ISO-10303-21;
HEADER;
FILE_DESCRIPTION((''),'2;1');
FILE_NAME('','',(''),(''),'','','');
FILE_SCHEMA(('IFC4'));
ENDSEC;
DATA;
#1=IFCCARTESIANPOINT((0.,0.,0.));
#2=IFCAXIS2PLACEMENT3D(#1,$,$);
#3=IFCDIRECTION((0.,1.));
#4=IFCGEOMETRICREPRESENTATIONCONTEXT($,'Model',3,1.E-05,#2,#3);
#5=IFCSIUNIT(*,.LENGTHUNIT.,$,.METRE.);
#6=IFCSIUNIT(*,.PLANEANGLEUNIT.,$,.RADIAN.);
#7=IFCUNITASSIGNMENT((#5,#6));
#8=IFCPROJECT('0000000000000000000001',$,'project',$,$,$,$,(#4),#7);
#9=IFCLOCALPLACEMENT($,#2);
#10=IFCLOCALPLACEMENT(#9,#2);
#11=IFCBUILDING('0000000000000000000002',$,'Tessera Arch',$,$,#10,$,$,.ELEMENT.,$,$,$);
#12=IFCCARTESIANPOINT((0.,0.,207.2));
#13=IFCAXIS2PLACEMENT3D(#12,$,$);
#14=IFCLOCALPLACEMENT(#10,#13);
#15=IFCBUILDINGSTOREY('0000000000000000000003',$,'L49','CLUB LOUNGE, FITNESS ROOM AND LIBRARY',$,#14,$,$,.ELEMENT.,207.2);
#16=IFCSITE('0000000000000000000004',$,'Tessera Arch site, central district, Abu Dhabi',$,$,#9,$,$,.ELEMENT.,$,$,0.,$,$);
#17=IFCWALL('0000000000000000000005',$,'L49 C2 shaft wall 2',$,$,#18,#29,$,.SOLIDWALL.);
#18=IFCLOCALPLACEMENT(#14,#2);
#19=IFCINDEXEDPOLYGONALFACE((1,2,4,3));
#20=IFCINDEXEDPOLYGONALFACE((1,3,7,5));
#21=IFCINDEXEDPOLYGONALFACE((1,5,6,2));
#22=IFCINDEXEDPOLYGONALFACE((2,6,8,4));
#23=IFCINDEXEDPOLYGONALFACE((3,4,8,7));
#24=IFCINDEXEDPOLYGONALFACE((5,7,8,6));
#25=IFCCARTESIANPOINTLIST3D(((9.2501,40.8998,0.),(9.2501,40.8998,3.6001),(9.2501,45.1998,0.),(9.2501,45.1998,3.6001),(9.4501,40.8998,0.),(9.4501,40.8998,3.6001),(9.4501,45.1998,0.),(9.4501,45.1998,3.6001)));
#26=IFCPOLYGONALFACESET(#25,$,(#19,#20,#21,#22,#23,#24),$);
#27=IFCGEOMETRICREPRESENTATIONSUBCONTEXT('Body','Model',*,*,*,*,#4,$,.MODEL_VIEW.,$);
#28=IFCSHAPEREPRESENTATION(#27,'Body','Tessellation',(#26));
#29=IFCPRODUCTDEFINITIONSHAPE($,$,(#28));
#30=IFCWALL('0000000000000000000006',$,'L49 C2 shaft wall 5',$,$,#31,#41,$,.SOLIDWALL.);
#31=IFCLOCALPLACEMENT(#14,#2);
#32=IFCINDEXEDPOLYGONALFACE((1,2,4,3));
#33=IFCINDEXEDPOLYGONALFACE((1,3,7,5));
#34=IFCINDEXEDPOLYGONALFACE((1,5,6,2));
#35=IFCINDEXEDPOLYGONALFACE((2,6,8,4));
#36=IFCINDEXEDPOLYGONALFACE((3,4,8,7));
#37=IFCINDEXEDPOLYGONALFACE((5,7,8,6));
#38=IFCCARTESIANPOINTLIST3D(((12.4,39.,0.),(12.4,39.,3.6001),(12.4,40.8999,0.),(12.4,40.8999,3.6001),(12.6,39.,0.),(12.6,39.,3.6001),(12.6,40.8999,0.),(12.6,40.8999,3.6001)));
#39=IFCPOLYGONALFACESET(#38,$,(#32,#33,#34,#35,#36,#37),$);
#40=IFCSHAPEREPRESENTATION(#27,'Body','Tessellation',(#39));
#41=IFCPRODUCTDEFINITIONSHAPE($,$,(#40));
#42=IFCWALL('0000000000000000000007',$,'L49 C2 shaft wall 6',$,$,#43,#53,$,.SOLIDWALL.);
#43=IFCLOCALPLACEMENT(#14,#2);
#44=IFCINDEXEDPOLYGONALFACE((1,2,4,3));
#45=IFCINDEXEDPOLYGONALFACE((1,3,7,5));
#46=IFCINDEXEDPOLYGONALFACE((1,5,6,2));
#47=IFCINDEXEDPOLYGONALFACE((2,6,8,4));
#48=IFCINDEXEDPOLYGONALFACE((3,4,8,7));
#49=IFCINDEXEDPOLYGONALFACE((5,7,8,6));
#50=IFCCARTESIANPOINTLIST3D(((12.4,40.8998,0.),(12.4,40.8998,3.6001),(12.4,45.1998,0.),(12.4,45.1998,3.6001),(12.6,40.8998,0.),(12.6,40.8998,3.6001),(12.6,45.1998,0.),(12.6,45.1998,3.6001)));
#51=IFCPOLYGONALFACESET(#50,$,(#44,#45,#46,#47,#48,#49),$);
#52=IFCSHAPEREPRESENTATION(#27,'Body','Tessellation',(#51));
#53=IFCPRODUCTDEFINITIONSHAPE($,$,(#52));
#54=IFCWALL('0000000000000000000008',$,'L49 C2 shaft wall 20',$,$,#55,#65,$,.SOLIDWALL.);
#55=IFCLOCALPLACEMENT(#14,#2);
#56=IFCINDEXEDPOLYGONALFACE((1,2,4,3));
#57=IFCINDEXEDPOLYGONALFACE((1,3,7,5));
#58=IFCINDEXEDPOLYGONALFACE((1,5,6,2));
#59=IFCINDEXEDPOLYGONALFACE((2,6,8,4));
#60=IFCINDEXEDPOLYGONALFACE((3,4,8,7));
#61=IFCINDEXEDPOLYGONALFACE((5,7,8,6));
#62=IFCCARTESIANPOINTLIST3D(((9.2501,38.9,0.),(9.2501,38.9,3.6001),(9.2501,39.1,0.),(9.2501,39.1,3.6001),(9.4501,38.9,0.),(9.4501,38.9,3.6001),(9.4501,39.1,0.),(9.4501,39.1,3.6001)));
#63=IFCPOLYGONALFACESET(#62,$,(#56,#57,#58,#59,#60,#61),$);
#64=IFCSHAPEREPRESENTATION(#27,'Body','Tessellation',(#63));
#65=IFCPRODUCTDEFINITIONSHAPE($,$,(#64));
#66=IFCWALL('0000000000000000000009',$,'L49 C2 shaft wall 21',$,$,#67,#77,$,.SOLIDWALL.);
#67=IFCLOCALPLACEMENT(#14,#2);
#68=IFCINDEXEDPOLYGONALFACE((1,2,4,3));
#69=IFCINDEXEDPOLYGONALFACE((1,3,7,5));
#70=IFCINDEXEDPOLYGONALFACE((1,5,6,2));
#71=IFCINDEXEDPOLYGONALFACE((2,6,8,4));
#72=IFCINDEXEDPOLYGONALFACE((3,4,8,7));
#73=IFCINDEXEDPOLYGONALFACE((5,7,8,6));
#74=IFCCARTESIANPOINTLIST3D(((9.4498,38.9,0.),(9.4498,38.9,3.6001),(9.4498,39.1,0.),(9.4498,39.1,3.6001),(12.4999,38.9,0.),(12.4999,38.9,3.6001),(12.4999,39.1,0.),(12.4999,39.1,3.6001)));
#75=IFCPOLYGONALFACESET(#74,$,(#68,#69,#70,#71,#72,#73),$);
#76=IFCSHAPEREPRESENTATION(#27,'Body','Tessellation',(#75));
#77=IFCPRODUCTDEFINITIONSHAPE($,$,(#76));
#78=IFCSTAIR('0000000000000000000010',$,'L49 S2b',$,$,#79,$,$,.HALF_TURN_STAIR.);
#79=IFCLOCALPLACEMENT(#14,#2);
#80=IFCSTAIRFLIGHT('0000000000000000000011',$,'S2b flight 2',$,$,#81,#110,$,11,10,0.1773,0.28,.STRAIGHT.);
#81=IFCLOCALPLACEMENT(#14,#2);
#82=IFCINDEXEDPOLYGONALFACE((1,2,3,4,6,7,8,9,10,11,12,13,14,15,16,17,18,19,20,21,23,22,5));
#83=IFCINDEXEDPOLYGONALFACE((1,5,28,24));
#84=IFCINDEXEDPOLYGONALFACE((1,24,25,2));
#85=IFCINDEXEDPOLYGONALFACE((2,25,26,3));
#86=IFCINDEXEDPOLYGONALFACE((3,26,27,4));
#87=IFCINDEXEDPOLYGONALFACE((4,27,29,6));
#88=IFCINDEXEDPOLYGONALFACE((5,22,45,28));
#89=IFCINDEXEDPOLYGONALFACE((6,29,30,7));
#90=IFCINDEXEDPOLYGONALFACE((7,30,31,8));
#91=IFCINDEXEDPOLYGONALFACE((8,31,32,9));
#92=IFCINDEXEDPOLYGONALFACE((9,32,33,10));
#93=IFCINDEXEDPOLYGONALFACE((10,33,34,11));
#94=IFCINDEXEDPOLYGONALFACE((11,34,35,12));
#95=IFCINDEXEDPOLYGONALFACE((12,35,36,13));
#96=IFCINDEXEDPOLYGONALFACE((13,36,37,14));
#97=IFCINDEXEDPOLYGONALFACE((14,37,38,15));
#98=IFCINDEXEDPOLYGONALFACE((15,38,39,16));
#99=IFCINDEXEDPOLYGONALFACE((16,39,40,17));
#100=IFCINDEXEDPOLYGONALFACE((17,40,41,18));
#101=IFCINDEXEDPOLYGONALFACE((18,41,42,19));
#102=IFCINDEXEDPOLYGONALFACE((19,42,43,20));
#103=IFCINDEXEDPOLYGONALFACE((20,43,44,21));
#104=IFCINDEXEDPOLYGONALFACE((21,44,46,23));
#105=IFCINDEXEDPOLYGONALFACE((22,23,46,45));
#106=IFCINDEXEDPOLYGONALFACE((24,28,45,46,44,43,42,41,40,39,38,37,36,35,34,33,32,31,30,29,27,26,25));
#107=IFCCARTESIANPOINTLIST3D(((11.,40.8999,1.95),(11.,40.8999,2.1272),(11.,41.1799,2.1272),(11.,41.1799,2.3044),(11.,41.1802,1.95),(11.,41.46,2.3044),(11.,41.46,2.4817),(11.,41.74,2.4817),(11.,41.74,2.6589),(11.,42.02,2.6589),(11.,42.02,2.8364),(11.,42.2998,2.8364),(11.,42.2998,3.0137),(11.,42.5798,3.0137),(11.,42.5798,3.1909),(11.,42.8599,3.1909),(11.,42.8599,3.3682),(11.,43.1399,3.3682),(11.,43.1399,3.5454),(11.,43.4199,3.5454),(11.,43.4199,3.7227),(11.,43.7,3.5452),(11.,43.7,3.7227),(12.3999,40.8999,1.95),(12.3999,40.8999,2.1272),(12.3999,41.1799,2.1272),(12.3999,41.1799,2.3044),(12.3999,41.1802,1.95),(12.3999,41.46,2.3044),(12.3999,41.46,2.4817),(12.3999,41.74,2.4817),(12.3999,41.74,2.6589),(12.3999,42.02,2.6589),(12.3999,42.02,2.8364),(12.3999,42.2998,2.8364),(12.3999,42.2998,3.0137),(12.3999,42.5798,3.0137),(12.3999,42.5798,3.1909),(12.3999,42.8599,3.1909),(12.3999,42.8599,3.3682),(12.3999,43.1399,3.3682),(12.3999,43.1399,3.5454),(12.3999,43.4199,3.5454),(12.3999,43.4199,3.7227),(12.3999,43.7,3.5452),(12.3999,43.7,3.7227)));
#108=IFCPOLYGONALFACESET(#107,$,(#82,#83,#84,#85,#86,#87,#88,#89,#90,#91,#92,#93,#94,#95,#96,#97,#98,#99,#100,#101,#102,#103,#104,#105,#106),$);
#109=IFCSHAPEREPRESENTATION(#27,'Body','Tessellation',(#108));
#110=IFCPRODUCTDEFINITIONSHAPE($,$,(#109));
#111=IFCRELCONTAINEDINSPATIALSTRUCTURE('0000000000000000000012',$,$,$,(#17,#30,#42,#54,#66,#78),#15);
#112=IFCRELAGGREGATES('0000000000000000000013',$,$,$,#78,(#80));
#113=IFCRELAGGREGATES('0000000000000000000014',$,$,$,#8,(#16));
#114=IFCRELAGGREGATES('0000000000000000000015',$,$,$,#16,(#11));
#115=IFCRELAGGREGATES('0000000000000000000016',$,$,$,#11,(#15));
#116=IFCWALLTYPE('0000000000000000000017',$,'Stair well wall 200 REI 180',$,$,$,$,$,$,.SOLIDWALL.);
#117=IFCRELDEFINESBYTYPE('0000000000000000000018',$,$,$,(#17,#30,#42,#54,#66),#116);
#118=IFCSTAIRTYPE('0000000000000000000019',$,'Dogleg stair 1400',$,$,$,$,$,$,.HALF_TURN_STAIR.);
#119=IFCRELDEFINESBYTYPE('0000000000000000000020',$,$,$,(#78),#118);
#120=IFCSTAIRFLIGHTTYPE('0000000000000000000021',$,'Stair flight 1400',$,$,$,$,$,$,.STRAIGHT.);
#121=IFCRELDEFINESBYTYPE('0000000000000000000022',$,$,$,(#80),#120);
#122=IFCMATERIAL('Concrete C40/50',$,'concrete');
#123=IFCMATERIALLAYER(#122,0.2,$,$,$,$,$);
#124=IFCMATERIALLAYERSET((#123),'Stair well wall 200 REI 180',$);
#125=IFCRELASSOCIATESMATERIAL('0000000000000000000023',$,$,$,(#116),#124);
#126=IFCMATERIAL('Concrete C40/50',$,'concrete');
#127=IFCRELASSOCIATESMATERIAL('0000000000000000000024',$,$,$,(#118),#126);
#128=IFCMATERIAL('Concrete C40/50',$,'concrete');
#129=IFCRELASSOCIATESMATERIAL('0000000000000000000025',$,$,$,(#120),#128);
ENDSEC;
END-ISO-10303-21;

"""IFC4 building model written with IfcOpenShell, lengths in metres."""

from ifc_helpers import new_model, si_unit, direction, frame, frame_2d, origin, place, context, subcontext, project, spatial, polyline, rectangle, outline, extrude, material, layer, layer_set, type_object, element, aggregate, save


model = new_model("IFC4")

# Units and contexts
model_context = context("Model", 3, precision=1e-05, world=origin(), true_north=direction((0.0, 1.0)))
body_context = subcontext(model_context, "Body", "Model", "MODEL_VIEW")
ifc_project = project(units=[si_unit("LENGTHUNIT", "METRE"), si_unit("PLANEANGLEUNIT", "RADIAN")], contexts=[model_context])

# Site, building, storey
site_placement = place(None, origin())
site = spatial("IfcSite", under=ifc_project, at=site_placement, Name="Tessera Arch site, central district, Abu Dhabi", CompositionType="ELEMENT", RefElevation=0.0)
building_placement = place(site_placement, origin())
building = spatial("IfcBuilding", under=site, at=building_placement, Name="Tessera Arch", CompositionType="ELEMENT")
storey_placement = place(building_placement, frame((0.0, 0.0, 207.2)))
storey = spatial("IfcBuildingStorey", under=building, at=storey_placement, Name="L49", Description="CLUB LOUNGE, FITNESS ROOM AND LIBRARY", CompositionType="ELEMENT", Elevation=207.2)

# Walls
ifc_material_1 = material(Name="Concrete C40/50", Category="concrete")
ifc_layer_1 = layer(ifc_material_1, 0.2)
ifc_layer_set_1 = layer_set([ifc_layer_1], Name="Stair well wall 200 REI 180")
wall_type_1 = type_object("IfcWallType", Name="Stair well wall 200 REI 180", PredefinedType="SOLIDWALL", material=ifc_layer_set_1)
wall_1_placement = place(storey_placement, frame((9.3501, 40.8999, 0.0), z_axis=(0.0, 0.0, 1.0), x_axis=(0.0, 1.0, 0.0)))
element("IfcWall", 1, at=wall_1_placement, inside=storey, type_object=wall_type_1, Name="L49 C2 shaft wall 2", PredefinedType="SOLIDWALL", context=body_context, shape_type="SweptSolid", body=[
    extrude(rectangle(XDim=4.3, YDim=0.2, at=frame_2d((2.1499, 0.0))), origin(), (0.0, 0.0, 1.0), 3.6001),
])
wall_2_placement = place(storey_placement, frame((12.5, 39.0, 0.0), z_axis=(0.0, 0.0, 1.0), x_axis=(0.0, 1.0, 0.0)))
element("IfcWall", 2, at=wall_2_placement, inside=storey, type_object=wall_type_1, Name="L49 C2 shaft wall 5", PredefinedType="SOLIDWALL", context=body_context, shape_type="SweptSolid", body=[
    extrude(rectangle(XDim=1.8999, YDim=0.2, at=frame_2d((0.95, 0.0))), origin(), (0.0, 0.0, 1.0), 3.6001),
])
wall_3_placement = place(storey_placement, frame((12.5, 40.8999, 0.0), z_axis=(0.0, 0.0, 1.0), x_axis=(0.0, 1.0, 0.0)))
element("IfcWall", 3, at=wall_3_placement, inside=storey, type_object=wall_type_1, Name="L49 C2 shaft wall 6", PredefinedType="SOLIDWALL", context=body_context, shape_type="SweptSolid", body=[
    extrude(rectangle(XDim=4.3, YDim=0.2, at=frame_2d((2.1499, 0.0))), origin(), (0.0, 0.0, 1.0), 3.6001),
])
wall_4_placement = place(storey_placement, frame((9.25, 39.0, 0.0), z_axis=(0.0, 0.0, 1.0), x_axis=(1.0, 0.0, 0.0)))
element("IfcWall", 4, at=wall_4_placement, inside=storey, type_object=wall_type_1, Name="L49 C2 shaft wall 20", PredefinedType="SOLIDWALL", context=body_context, shape_type="SweptSolid", body=[
    extrude(rectangle(XDim=0.2, YDim=0.2, at=frame_2d((0.1001, 0.0))), origin(), (0.0, 0.0, 1.0), 3.6001),
])
wall_5_placement = place(storey_placement, frame((9.45, 39.0, 0.0), z_axis=(0.0, 0.0, 1.0), x_axis=(1.0, 0.0, 0.0)))
element("IfcWall", 5, at=wall_5_placement, inside=storey, type_object=wall_type_1, Name="L49 C2 shaft wall 21", PredefinedType="SOLIDWALL", context=body_context, shape_type="SweptSolid", body=[
    extrude(rectangle(XDim=3.05, YDim=0.2, at=frame_2d((1.5249, 0.0))), origin(), (0.0, 0.0, 1.0), 3.6001),
])

# Stair, stair flight
ifc_material_2 = material(Name="Concrete C40/50", Category="concrete")
stair_type = type_object("IfcStairType", Name="Dogleg stair 1400", PredefinedType="HALF_TURN_STAIR", material=ifc_material_2)
stair_placement = place(storey_placement, origin())
stair = element("IfcStair", 6, at=stair_placement, inside=storey, type_object=stair_type, Name="L49 S2b", PredefinedType="HALF_TURN_STAIR")
ifc_material_3 = material(Name="Concrete C40/50", Category="concrete")
stair_flight_type = type_object("IfcStairFlightType", Name="Stair flight 1400", PredefinedType="STRAIGHT", material=ifc_material_3)
stair_flight_placement = place(storey_placement, frame((11.7, 40.8999, 1.95), z_axis=(0.0, 0.0, 1.0), x_axis=(0.0, 1.0, 0.0)))
stair_flight = element("IfcStairFlight", 7, at=stair_flight_placement, type_object=stair_flight_type, Name="S2b flight 2", NumberOfRisers=11, NumberOfTreads=10, PredefinedType="STRAIGHT", RiserHeight=0.1773, TreadLength=0.28, context=body_context, shape_type="SweptSolid", body=[
    extrude(outline(polyline([(0.0, 0.0), (0.0, 0.1772), (0.28, 0.1772), (0.28, 0.3545), (0.5601, 0.3545), (0.5601, 0.5317), (0.8401, 0.5317), (0.8401, 0.709), (1.1201, 0.709), (1.1201, 0.8865), (1.3999, 0.8865), (1.3999, 1.0637), (1.6799, 1.0637), (1.6799, 1.241), (1.96, 1.241), (1.96, 1.4182), (2.24, 1.4182), (2.24, 1.5955), (2.52, 1.5955), (2.52, 1.7727), (2.8, 1.7727), (2.8, 1.95), (2.8, 1.5952), (0.2803, 0.0), (0.0, 0.0)])), frame((0.0, 0.7, 0.0), z_axis=(0.0, -1.0, 0.0), x_axis=(1.0, 0.0, 0.0)), (0.0, 0.0, 1.0), 1.3999),
])
aggregate(stair, [stair_flight])

save(model, "model.ifc")
